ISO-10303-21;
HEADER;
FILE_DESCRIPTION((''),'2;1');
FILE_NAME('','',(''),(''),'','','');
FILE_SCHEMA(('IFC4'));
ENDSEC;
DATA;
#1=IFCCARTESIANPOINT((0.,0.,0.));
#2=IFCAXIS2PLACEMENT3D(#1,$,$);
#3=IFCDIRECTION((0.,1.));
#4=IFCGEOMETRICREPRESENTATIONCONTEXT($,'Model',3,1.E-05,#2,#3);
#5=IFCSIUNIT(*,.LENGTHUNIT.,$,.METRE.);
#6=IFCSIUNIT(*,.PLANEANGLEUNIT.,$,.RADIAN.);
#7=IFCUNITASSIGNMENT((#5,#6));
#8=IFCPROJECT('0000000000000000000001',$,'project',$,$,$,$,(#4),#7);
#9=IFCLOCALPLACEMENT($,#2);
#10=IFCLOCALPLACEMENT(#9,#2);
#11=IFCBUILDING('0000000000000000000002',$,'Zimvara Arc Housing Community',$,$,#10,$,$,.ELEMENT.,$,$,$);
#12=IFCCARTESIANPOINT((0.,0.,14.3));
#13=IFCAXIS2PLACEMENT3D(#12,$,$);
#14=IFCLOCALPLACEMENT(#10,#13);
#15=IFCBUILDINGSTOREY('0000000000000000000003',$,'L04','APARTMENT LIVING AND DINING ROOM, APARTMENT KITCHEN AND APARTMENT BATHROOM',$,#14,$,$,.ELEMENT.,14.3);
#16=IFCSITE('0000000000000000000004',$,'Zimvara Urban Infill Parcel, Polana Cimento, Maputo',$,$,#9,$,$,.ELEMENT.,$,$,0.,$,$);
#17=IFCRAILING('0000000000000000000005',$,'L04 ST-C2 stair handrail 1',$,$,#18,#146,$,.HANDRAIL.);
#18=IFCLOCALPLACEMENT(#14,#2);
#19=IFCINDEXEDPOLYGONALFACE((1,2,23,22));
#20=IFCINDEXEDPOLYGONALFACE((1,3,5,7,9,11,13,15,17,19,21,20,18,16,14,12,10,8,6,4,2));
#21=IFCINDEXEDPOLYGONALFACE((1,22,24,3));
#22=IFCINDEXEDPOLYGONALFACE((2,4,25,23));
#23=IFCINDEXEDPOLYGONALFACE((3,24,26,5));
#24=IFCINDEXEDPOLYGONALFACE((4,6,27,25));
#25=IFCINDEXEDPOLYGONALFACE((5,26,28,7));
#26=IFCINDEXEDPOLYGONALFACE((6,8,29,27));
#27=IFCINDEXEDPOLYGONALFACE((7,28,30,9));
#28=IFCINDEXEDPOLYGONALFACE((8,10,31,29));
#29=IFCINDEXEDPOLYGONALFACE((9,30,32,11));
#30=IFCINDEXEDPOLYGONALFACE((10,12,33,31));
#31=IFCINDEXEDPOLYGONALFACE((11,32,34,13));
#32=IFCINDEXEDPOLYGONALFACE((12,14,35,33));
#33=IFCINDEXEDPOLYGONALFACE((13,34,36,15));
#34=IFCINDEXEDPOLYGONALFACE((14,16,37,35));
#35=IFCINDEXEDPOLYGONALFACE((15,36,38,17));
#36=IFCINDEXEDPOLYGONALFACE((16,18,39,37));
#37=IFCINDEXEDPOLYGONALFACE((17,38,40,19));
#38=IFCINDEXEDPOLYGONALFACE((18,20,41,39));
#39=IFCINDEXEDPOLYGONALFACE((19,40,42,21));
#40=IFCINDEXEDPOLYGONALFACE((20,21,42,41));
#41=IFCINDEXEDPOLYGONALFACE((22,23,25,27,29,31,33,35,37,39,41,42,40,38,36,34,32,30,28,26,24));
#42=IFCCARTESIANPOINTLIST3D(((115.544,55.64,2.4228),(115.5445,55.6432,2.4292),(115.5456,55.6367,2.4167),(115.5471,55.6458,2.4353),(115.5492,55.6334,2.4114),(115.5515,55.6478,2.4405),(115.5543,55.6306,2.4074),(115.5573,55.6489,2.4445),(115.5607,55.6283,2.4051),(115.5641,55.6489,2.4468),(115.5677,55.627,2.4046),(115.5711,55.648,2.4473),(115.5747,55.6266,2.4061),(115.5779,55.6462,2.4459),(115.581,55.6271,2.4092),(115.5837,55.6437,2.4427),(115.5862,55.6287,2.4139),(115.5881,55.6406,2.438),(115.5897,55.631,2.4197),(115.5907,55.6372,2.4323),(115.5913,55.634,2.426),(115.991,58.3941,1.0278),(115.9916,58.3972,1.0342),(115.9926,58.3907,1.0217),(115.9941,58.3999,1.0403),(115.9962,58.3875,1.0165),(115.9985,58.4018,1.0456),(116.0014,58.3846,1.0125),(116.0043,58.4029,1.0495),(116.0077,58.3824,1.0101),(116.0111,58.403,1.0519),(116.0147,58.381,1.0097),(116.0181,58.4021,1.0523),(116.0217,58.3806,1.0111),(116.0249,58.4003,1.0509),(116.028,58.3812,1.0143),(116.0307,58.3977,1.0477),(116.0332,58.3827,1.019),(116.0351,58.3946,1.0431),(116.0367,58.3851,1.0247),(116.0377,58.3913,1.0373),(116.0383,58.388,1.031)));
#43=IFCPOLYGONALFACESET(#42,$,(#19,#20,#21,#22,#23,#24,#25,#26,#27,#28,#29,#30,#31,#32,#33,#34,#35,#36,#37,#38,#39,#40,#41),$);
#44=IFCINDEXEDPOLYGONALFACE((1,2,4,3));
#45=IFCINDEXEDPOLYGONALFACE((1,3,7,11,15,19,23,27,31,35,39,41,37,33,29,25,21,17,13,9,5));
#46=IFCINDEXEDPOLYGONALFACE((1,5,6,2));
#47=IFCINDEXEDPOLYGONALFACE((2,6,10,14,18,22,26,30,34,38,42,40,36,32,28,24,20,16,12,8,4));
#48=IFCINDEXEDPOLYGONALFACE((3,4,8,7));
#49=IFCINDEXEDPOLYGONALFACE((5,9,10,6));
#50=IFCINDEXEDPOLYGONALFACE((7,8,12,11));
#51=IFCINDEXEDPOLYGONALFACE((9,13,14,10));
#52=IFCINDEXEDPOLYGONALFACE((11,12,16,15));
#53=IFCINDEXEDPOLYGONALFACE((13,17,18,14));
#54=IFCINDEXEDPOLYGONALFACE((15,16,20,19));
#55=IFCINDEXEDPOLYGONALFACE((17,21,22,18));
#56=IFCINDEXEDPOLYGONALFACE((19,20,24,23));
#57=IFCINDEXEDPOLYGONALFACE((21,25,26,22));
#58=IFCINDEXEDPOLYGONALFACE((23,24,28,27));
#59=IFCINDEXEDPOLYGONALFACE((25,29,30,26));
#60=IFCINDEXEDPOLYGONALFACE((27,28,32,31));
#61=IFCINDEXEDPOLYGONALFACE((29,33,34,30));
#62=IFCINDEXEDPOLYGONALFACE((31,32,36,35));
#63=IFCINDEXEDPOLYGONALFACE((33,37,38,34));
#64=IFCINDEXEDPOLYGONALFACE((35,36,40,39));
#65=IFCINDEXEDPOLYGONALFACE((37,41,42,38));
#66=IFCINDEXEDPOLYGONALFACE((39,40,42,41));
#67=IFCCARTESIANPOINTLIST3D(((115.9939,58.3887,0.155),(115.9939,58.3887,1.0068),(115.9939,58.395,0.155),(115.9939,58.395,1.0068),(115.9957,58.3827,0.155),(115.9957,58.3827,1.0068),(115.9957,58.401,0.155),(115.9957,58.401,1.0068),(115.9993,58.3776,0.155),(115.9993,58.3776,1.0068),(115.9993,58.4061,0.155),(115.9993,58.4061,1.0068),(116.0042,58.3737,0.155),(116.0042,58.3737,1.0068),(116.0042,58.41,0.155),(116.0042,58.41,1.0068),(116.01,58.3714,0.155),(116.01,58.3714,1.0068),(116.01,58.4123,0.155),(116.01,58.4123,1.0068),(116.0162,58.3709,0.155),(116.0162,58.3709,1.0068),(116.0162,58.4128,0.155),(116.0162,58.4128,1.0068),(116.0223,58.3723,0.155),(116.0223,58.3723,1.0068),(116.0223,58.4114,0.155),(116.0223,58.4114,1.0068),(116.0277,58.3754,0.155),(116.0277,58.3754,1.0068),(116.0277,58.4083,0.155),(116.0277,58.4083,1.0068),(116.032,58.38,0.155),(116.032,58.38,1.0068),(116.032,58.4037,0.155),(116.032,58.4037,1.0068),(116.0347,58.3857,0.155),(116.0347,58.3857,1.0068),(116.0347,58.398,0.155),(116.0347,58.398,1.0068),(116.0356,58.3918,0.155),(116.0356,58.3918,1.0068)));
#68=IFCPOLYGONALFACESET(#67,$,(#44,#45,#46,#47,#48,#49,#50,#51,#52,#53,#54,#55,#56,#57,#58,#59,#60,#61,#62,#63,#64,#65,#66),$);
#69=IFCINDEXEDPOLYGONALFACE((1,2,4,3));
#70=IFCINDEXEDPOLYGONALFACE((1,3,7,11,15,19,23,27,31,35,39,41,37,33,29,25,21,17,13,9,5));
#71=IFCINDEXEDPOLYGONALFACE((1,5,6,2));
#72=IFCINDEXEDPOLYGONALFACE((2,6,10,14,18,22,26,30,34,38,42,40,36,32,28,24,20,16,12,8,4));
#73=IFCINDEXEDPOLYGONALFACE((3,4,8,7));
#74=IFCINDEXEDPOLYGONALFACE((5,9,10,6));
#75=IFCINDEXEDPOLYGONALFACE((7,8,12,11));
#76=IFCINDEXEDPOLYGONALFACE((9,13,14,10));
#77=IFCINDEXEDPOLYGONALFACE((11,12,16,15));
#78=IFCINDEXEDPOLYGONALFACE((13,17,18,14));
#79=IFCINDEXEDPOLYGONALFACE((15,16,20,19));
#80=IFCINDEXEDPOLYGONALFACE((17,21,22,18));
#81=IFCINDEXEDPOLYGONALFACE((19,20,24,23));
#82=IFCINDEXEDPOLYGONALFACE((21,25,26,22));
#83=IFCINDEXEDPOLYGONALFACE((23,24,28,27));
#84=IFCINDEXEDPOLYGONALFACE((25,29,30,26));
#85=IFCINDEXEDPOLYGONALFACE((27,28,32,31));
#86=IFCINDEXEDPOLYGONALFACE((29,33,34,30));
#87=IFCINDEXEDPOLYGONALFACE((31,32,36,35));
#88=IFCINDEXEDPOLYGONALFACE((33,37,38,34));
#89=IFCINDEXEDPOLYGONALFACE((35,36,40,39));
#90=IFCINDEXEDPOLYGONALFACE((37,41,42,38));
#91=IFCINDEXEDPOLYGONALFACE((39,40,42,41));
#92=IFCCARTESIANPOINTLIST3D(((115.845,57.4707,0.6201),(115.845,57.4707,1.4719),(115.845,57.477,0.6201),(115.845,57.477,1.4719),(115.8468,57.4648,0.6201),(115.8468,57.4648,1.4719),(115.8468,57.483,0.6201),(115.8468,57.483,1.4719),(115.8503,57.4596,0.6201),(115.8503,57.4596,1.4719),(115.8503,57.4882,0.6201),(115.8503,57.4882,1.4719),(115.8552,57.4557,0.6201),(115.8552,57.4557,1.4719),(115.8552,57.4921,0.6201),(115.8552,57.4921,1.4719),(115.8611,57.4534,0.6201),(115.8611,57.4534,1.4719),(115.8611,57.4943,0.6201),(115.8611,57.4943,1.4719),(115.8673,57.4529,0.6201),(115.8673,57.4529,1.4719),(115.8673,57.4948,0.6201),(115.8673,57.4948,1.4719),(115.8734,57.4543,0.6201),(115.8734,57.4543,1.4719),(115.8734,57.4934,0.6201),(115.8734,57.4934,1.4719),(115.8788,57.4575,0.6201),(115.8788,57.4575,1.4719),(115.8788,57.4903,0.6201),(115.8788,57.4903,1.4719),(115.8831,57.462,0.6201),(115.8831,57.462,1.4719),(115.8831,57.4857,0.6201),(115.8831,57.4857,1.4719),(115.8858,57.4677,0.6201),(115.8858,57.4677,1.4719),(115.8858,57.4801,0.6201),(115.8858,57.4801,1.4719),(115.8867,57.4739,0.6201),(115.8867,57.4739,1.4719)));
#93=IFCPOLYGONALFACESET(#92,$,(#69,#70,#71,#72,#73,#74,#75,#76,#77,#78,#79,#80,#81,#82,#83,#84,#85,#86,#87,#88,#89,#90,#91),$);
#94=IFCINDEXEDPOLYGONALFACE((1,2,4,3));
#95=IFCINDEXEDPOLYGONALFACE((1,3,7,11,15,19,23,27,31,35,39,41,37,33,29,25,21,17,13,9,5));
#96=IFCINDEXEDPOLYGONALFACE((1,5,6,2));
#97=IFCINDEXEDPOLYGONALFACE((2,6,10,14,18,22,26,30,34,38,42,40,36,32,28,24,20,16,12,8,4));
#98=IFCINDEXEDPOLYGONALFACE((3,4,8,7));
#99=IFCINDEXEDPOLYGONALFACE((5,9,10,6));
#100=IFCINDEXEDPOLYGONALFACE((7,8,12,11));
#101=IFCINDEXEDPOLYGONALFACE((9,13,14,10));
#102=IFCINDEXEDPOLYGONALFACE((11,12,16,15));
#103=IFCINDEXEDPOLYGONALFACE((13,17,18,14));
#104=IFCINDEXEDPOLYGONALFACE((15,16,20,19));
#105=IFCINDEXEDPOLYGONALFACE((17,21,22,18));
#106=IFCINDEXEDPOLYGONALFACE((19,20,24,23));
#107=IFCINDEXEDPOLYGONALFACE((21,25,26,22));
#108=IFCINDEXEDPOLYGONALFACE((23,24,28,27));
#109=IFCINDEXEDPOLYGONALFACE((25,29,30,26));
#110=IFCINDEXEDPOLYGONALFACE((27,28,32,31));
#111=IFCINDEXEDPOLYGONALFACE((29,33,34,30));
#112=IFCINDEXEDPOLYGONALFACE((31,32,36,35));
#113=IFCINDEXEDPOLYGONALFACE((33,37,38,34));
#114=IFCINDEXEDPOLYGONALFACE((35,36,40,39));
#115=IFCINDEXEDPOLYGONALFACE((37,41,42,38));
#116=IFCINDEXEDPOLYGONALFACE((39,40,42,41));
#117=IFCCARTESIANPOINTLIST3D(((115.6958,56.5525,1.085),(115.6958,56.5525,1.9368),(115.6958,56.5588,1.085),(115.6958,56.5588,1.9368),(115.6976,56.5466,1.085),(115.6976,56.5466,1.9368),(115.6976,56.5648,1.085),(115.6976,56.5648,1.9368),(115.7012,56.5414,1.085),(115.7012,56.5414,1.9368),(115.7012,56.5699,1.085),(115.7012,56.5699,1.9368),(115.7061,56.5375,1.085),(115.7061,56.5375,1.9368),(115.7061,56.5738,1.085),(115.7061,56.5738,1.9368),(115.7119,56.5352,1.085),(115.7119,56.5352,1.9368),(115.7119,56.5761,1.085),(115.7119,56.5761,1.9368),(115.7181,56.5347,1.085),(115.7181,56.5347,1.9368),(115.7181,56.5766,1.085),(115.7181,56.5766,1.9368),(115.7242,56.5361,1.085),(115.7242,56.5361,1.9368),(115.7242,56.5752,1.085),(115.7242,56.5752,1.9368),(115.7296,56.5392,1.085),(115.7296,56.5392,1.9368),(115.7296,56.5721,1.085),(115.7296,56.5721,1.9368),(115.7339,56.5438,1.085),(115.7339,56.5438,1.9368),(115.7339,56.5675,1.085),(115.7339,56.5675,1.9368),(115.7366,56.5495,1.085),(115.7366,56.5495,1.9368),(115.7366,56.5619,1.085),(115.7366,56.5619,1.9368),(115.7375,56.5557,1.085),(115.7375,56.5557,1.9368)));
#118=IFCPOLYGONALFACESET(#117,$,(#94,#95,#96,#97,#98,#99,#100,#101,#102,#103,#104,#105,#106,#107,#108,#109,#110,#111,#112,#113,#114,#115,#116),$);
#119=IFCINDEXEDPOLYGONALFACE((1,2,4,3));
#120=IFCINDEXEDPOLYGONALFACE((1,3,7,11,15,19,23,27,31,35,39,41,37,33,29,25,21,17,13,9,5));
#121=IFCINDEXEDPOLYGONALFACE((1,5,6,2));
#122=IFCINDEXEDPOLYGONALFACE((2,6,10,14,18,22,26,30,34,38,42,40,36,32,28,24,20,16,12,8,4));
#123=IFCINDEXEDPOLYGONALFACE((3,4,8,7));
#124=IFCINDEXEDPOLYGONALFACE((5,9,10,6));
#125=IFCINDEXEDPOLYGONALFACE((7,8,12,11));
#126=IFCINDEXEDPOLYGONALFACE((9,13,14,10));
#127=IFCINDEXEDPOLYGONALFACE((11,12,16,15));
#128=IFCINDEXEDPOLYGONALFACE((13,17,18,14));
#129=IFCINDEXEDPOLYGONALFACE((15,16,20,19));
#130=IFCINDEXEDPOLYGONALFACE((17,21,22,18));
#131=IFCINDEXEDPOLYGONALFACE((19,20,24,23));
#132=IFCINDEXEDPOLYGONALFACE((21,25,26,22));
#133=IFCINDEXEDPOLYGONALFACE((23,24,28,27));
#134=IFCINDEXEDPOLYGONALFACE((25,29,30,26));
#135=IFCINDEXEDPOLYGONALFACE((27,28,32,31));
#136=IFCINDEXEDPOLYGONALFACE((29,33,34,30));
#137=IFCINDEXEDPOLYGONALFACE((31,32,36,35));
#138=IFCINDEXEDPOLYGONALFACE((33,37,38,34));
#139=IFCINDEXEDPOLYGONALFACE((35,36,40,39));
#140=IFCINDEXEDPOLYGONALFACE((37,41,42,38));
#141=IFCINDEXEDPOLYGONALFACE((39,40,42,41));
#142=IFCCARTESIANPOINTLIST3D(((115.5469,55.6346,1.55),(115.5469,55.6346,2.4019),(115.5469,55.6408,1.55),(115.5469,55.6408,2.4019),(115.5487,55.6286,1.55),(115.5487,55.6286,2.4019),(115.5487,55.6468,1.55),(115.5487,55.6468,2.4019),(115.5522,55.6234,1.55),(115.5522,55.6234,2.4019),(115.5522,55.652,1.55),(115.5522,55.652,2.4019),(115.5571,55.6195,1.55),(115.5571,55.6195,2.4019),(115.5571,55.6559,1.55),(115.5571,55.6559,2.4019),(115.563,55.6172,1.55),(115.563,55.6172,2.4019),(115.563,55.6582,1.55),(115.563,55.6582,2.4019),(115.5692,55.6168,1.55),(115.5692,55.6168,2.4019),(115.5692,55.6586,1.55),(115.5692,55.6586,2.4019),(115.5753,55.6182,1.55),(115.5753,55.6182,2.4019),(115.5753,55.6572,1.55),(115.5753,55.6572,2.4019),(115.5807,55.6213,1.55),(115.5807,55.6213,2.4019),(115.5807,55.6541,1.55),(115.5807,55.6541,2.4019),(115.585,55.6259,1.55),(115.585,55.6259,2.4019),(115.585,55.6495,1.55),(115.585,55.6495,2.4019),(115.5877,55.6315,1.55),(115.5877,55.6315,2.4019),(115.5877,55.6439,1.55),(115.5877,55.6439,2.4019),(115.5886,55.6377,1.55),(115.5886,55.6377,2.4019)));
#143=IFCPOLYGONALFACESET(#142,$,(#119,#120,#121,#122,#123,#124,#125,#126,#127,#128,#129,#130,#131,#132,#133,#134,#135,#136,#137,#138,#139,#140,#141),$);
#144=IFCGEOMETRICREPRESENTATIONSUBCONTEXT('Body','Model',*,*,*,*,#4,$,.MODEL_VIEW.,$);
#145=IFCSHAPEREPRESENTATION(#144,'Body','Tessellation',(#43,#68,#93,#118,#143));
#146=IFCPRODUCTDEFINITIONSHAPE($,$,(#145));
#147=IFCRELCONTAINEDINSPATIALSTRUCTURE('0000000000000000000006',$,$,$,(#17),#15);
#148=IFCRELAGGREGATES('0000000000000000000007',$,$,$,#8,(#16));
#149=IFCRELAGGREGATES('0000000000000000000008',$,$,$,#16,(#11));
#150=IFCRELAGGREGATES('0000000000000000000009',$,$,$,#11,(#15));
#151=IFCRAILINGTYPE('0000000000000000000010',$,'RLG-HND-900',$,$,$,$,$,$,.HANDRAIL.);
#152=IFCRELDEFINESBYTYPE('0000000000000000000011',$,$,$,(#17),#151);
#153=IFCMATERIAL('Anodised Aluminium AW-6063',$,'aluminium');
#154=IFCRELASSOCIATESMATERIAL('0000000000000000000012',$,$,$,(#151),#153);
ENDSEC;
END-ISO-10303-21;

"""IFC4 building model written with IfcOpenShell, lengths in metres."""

from ifc_helpers import new_model, si_unit, direction, frame, origin, origin_2d, place, context, subcontext, project, spatial, circle, extrude, material, type_object, element, save


model = new_model("IFC4")

# Units and contexts
model_context = context("Model", 3, precision=1e-05, world=origin(), true_north=direction((0.0, 1.0)))
body_context = subcontext(model_context, "Body", "Model", "MODEL_VIEW")
ifc_project = project(units=[si_unit("LENGTHUNIT", "METRE"), si_unit("PLANEANGLEUNIT", "RADIAN")], contexts=[model_context])

# Site, building, storey
site_placement = place(None, origin())
site = spatial("IfcSite", under=ifc_project, at=site_placement, Name="Zimvara Urban Infill Parcel, Polana Cimento, Maputo", CompositionType="ELEMENT", RefElevation=0.0)
building_placement = place(site_placement, origin())
building = spatial("IfcBuilding", under=site, at=building_placement, Name="Zimvara Arc Housing Community", CompositionType="ELEMENT")
storey_placement = place(building_placement, frame((0.0, 0.0, 14.3)))
storey = spatial("IfcBuildingStorey", under=building, at=storey_placement, Name="L04", Description="APARTMENT LIVING AND DINING ROOM, APARTMENT KITCHEN AND APARTMENT BATHROOM", CompositionType="ELEMENT", Elevation=14.3)

# Railing
ifc_material_1 = material(Name="Anodised Aluminium AW-6063", Category="aluminium")
railing_type_1 = type_object("IfcRailingType", Name="RLG-HND-900", PredefinedType="HANDRAIL", material=ifc_material_1)
railing_1_placement = place(storey_placement, frame((116.0146, 58.3918, 0.155)))
element("IfcRailing", 1, at=railing_1_placement, inside=storey, type_object=railing_type_1, Name="L04 ST-C2 stair handrail 1", PredefinedType="HANDRAIL", context=body_context, shape_type="SweptSolid", body=[
    extrude(circle(Radius=0.0239, at=origin_2d()), frame((0.0, 0.0, 0.876), z_axis=(-0.143299, -0.882883, 0.447194), x_axis=(0.987083, -0.160212, 0.0)), (0.0, 0.0, 1.0), 3.1194),
    extrude(circle(Radius=0.021, at=origin_2d()), origin(), (0.0, 0.0, 1.0), 0.8518),
    extrude(circle(Radius=0.021, at=origin_2d()), frame((-0.1489, -0.918, 0.4651)), (0.0, 0.0, 1.0), 0.8518),
    extrude(circle(Radius=0.021, at=origin_2d()), frame((-0.2981, -1.8362, 0.9299)), (0.0, 0.0, 1.0), 0.8518),
    extrude(circle(Radius=0.021, at=origin_2d()), frame((-0.447, -2.7542, 1.395)), (0.0, 0.0, 1.0), 0.8518),
])

save(model, "model.ifc")
